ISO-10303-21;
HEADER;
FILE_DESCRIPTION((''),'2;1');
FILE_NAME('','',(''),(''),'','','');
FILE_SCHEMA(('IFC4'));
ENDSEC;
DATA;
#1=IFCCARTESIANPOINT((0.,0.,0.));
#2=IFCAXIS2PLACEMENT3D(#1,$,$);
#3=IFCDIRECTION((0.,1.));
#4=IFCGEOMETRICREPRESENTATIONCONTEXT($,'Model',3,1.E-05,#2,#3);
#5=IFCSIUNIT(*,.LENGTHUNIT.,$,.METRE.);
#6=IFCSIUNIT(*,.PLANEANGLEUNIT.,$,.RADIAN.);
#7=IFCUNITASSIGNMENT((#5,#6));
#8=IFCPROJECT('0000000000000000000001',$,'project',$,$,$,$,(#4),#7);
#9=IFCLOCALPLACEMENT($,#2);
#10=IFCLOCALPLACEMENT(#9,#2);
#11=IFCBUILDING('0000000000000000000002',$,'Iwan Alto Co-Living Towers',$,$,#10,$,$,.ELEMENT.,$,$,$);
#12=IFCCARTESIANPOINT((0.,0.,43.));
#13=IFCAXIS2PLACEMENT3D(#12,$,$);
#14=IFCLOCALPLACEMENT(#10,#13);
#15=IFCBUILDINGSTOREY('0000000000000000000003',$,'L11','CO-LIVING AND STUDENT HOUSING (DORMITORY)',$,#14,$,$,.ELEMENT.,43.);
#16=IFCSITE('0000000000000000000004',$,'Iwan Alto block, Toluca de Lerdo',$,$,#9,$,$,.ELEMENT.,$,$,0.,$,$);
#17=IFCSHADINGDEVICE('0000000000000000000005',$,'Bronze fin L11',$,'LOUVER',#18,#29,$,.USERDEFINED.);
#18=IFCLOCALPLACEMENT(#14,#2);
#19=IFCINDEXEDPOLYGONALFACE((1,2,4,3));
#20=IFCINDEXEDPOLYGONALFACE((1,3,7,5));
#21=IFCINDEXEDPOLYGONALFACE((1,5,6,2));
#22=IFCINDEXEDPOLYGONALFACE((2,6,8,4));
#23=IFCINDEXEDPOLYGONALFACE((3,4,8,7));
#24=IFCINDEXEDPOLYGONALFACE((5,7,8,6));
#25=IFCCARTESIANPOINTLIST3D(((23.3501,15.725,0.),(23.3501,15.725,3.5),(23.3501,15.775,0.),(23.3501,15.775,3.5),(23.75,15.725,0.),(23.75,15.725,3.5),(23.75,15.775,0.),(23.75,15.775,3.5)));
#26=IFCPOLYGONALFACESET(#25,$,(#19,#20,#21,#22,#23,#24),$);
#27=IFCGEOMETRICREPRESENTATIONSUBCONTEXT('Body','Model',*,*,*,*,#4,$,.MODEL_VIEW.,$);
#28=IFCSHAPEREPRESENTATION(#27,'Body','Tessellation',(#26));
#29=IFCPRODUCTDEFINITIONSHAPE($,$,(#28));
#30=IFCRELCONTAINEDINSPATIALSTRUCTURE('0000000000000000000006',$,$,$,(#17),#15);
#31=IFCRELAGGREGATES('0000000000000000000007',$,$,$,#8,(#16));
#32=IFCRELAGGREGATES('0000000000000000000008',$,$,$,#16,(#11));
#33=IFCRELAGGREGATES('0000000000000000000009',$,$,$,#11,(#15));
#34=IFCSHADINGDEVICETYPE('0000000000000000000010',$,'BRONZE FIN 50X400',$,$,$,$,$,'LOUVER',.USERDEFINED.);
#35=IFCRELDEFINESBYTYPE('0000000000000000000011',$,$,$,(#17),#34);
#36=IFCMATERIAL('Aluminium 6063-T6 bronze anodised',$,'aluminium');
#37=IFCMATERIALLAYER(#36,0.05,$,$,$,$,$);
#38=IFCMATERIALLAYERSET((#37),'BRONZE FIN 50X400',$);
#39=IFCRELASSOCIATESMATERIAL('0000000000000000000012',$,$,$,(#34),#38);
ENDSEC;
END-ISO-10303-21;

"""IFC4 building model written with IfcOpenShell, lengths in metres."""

from ifc_helpers import new_model, si_unit, direction, frame, origin, origin_2d, place, context, subcontext, project, spatial, rectangle, extrude, material, layer, layer_set, type_object, element, save


model = new_model("IFC4")

# Units and contexts
model_context = context("Model", 3, precision=1e-05, world=origin(), true_north=direction((0.0, 1.0)))
body_context = subcontext(model_context, "Body", "Model", "MODEL_VIEW")
ifc_project = project(units=[si_unit("LENGTHUNIT", "METRE"), si_unit("PLANEANGLEUNIT", "RADIAN")], contexts=[model_context])

# Site, building, storey
site_placement = place(None, origin())
site = spatial("IfcSite", under=ifc_project, at=site_placement, Name="Iwan Alto block, Toluca de Lerdo", CompositionType="ELEMENT", RefElevation=0.0)
building_placement = place(site_placement, origin())
building = spatial("IfcBuilding", under=site, at=building_placement, Name="Iwan Alto Co-Living Towers", CompositionType="ELEMENT")
storey_placement = place(building_placement, frame((0.0, 0.0, 43.0)))
storey = spatial("IfcBuildingStorey", under=building, at=storey_placement, Name="L11", Description="CO-LIVING AND STUDENT HOUSING (DORMITORY)", CompositionType="ELEMENT", Elevation=43.0)

# Shading device
ifc_material_1 = material(Name="Aluminium 6063-T6 bronze anodised", Category="aluminium")
ifc_layer_1 = layer(ifc_material_1, 0.05)
ifc_layer_set_1 = layer_set([ifc_layer_1], Name="BRONZE FIN 50X400")
shading_device_type = type_object("IfcShadingDeviceType", Name="BRONZE FIN 50X400", ElementType="LOUVER", PredefinedType="USERDEFINED", material=ifc_layer_set_1)
shading_device_placement = place(storey_placement, frame((23.55, 15.75, 0.0), z_axis=(0.0, 0.0, 1.0), x_axis=(0.0, 1.0, 0.0)))
element("IfcShadingDevice", 1, at=shading_device_placement, inside=storey, type_object=shading_device_type, Name="Bronze fin L11", ObjectType="LOUVER", PredefinedType="USERDEFINED", context=body_context, shape_type="SweptSolid", body=[
    extrude(rectangle(XDim=0.05, YDim=0.3999, at=origin_2d()), origin(), (0.0, 0.0, 1.0), 3.5),
])

save(model, "model.ifc")
